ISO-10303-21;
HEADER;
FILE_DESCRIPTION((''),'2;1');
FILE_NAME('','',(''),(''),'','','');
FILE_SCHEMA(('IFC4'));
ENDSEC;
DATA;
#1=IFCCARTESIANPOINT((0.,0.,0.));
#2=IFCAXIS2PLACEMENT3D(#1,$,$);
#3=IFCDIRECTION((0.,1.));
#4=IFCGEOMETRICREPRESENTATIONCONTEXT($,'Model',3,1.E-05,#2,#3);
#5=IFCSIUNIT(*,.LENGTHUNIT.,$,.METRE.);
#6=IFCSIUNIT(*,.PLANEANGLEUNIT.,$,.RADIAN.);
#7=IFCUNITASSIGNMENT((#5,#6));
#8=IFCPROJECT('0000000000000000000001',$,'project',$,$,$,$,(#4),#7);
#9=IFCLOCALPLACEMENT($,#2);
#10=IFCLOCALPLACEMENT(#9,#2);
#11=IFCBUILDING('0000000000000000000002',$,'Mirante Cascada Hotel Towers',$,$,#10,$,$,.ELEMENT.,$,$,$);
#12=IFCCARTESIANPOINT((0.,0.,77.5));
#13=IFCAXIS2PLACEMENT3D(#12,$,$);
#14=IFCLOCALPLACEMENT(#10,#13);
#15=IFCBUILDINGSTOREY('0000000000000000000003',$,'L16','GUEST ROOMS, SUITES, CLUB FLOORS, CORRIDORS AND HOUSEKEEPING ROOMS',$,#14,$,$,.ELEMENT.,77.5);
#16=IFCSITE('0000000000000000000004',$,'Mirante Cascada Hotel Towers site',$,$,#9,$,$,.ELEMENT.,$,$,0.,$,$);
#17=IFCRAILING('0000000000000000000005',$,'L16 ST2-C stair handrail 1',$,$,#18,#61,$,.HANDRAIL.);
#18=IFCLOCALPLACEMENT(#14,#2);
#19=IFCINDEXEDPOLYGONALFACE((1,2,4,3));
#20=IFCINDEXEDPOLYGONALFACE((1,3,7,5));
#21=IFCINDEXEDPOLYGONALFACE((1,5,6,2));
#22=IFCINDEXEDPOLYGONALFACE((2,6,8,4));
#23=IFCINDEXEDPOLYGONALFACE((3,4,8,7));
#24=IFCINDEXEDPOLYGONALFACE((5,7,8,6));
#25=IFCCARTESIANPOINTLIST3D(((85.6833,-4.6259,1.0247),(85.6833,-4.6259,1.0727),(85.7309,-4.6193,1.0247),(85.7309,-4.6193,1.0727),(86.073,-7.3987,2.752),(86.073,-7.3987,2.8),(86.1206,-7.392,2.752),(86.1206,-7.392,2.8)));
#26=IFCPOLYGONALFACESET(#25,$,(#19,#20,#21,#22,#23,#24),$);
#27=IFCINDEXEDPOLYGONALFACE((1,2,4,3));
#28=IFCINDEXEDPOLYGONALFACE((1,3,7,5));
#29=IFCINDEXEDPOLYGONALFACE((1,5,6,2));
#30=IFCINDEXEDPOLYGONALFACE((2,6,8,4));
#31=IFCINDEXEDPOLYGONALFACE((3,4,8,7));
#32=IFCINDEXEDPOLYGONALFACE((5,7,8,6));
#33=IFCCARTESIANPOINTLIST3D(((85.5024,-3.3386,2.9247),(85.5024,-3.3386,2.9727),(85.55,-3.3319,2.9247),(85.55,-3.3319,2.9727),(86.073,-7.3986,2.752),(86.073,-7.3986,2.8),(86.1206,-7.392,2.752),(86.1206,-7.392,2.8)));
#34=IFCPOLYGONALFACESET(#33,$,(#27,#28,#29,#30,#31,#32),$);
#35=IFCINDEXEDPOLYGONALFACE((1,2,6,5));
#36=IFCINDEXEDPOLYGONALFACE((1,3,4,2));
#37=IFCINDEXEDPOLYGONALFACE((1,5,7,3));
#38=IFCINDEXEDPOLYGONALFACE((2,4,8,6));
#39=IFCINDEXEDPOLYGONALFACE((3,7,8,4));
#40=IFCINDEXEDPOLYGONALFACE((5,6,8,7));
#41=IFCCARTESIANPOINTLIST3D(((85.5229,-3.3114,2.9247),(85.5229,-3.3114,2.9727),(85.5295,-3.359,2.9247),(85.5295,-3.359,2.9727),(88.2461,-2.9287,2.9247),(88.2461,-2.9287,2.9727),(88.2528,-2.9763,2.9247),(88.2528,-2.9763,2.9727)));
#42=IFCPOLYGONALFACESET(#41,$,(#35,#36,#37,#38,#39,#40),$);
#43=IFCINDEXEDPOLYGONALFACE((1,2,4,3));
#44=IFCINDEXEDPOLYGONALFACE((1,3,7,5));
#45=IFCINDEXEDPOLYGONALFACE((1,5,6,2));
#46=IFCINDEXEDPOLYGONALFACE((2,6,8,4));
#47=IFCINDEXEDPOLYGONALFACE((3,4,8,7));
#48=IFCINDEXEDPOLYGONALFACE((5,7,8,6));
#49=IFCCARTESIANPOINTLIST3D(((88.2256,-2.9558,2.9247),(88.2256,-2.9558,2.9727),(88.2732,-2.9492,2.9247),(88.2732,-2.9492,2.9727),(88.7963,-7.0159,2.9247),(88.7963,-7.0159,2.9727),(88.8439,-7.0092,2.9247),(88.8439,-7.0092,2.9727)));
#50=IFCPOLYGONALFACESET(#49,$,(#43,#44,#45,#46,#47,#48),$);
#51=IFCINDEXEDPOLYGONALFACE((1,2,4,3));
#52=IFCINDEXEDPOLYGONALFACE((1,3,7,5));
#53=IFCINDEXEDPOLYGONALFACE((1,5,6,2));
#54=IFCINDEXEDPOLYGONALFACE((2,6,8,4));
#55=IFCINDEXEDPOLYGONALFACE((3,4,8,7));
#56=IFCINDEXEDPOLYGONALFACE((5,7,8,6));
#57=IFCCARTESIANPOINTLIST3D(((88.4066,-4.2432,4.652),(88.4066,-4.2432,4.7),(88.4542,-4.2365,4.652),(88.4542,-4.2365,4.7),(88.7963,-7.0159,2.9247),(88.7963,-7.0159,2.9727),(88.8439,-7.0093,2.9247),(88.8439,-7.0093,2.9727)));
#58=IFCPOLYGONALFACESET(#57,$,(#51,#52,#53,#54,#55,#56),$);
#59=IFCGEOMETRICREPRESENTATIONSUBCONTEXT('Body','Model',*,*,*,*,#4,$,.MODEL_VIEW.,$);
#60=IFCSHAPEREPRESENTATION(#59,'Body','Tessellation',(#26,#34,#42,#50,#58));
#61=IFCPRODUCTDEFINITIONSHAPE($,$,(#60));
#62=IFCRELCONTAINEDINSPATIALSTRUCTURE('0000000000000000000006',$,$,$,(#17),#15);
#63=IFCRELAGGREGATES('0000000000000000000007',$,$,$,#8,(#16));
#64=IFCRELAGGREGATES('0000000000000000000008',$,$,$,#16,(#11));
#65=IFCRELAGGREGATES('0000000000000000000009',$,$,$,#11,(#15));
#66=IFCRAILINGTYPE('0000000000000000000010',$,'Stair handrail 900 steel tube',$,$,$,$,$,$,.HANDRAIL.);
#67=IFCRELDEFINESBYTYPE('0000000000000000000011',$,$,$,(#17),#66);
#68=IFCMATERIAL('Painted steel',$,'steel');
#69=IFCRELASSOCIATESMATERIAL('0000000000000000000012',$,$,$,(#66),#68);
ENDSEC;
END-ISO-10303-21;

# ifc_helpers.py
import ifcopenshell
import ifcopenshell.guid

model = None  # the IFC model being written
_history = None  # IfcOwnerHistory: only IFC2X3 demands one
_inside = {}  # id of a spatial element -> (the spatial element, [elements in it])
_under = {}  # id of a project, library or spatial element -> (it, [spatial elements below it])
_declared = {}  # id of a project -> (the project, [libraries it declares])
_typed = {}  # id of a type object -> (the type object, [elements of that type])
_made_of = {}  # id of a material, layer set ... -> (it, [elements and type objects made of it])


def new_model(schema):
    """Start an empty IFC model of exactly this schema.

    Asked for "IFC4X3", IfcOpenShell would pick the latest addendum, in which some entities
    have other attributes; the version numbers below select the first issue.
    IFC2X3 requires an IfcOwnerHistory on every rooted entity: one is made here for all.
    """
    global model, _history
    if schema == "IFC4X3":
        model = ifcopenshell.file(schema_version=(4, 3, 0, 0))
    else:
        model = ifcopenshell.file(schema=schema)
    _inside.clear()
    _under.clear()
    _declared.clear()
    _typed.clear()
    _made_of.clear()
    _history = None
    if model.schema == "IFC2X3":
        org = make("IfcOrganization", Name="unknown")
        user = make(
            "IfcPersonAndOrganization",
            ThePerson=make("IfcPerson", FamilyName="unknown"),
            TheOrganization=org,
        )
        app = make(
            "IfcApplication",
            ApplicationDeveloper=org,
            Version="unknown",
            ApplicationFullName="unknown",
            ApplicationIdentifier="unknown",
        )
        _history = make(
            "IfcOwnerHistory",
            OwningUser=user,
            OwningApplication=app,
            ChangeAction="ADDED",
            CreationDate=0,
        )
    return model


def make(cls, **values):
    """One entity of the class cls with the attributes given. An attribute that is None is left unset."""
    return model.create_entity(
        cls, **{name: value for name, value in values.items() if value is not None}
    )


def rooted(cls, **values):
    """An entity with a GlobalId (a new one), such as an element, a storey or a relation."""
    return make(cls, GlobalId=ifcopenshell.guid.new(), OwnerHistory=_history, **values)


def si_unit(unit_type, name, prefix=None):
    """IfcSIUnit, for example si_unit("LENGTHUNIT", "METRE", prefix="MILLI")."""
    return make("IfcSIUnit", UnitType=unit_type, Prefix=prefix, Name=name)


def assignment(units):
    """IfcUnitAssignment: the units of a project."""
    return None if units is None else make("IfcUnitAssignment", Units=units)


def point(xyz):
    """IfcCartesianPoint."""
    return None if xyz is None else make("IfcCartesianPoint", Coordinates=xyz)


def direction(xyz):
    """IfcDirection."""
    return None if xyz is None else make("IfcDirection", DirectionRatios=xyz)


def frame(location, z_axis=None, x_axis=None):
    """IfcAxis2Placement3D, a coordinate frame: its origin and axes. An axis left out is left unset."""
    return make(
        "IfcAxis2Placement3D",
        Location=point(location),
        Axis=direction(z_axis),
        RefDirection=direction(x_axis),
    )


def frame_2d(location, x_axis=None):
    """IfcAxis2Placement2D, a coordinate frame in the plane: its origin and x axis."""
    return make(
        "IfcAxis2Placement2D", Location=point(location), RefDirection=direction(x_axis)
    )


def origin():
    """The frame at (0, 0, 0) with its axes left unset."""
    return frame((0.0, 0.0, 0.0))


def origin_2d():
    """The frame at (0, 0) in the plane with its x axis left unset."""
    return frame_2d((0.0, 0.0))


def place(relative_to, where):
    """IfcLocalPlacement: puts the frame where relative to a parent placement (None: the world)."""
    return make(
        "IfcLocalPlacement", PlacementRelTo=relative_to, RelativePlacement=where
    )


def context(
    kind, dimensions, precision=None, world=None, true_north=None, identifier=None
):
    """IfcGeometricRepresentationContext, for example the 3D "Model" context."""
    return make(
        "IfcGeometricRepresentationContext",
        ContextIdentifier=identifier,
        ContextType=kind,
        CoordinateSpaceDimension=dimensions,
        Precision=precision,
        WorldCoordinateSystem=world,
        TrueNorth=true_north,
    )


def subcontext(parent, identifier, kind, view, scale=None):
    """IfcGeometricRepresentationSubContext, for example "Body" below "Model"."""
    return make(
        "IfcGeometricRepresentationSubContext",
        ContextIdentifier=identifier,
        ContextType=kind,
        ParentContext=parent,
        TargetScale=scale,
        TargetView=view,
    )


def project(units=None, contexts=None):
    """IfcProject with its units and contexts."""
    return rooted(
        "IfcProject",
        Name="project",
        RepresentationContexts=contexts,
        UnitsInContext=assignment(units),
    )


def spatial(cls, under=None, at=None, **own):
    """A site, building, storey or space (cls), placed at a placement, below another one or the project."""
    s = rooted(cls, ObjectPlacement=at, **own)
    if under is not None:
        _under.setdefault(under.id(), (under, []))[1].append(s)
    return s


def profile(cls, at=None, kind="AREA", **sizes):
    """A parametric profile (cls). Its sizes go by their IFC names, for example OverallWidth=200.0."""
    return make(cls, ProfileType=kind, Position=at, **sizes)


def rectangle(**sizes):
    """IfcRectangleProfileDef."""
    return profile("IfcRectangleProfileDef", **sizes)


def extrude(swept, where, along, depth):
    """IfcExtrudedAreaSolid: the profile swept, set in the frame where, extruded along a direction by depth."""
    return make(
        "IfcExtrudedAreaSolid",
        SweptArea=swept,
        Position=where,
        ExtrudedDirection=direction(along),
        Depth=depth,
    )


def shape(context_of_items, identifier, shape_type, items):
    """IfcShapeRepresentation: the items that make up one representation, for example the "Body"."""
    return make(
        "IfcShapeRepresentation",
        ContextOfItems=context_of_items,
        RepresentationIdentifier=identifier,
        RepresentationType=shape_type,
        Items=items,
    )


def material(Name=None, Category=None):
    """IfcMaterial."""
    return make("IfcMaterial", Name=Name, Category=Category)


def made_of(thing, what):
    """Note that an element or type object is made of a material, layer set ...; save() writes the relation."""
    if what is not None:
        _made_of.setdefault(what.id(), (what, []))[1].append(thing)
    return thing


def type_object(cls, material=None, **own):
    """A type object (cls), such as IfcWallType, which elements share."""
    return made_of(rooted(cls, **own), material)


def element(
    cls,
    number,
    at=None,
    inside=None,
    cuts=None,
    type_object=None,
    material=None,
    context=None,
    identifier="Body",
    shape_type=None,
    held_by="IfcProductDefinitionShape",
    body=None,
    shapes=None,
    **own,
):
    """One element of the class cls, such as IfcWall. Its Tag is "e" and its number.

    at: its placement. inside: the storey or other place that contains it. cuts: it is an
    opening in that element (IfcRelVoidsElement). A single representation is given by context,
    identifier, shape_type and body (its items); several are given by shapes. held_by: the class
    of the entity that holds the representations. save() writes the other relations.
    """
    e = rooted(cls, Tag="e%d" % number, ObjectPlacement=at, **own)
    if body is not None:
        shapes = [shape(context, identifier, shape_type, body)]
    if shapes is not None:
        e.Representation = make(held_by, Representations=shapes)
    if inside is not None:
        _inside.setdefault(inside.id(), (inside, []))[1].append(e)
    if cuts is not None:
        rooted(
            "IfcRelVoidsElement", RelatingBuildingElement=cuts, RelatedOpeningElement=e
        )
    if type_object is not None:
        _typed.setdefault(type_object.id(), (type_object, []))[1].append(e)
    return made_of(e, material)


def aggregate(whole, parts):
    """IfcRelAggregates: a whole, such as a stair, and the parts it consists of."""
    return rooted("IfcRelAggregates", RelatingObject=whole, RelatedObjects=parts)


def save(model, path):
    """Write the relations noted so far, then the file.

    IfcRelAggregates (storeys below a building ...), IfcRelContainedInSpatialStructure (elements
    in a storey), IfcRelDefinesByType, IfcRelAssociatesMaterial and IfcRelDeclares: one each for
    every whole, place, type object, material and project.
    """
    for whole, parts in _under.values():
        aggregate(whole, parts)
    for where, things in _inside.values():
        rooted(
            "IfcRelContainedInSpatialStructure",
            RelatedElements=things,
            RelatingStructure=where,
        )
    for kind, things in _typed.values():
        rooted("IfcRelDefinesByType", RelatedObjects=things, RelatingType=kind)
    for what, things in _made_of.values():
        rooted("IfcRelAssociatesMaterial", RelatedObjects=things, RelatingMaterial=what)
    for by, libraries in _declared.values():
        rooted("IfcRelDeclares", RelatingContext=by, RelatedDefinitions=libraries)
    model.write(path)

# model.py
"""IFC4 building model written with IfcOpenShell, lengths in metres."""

from ifc_helpers import new_model, si_unit, direction, frame, origin, origin_2d, place, context, subcontext, project, spatial, rectangle, extrude, material, type_object, element, save


model = new_model("IFC4")

# Units and contexts
model_context = context("Model", 3, precision=1e-05, world=origin(), true_north=direction((0.0, 1.0)))
body_context = subcontext(model_context, "Body", "Model", "MODEL_VIEW")
ifc_project = project(units=[si_unit("LENGTHUNIT", "METRE"), si_unit("PLANEANGLEUNIT", "RADIAN")], contexts=[model_context])

# Site, building, storey
site_placement = place(None, origin())
site = spatial("IfcSite", under=ifc_project, at=site_placement, Name="Mirante Cascada Hotel Towers site", CompositionType="ELEMENT", RefElevation=0.0)
building_placement = place(site_placement, origin())
building = spatial("IfcBuilding", under=site, at=building_placement, Name="Mirante Cascada Hotel Towers", CompositionType="ELEMENT")
storey_placement = place(building_placement, frame((0.0, 0.0, 77.5)))
storey = spatial("IfcBuildingStorey", under=building, at=storey_placement, Name="L16", Description="GUEST ROOMS, SUITES, CLUB FLOORS, CORRIDORS AND HOUSEKEEPING ROOMS", CompositionType="ELEMENT", Elevation=77.5)

# Railing
ifc_material_1 = material(Name="Painted steel", Category="steel")
railing_type = type_object("IfcRailingType", Name="Stair handrail 900 steel tube", PredefinedType="HANDRAIL", material=ifc_material_1)
railing_placement = place(storey_placement, frame((85.7071, -4.6226, 0.1727)))
element("IfcRailing", 1, at=railing_placement, inside=storey, type_object=railing_type, Name="L16 ST2-C stair handrail 1", PredefinedType="HANDRAIL", context=body_context, shape_type="SweptSolid", body=[
    extrude(rectangle(XDim=0.048, YDim=0.048, at=origin_2d()), frame((0.0, 0.0, 0.876), z_axis=(0.139181, -0.990267, 0.0), x_axis=(0.990267, 0.139181, 0.0)), (0.0, 0.525035, 0.851081), 3.2899),
    extrude(rectangle(XDim=0.048, YDim=0.048, at=origin_2d()), frame((0.3897, -2.7727, 2.6033), z_axis=(-0.139171, 0.990268, 0.0), x_axis=(-0.990268, -0.139171, 0.0)), (0.0, 0.042085, 0.999114), 4.1036),
    extrude(rectangle(XDim=0.048, YDim=0.048, at=origin_2d()), frame((-0.1809, 1.2874, 2.776), z_axis=(0.990269, 0.139166, 0.0), x_axis=(-0.139166, 0.990269, 0.0)), (0.0, 0.0, 1.0), 2.75),
    extrude(rectangle(XDim=0.048, YDim=0.048, at=origin_2d()), frame((2.5423, 1.6701, 2.776), z_axis=(0.139195, -0.990265, 0.0), x_axis=(0.990265, 0.139195, 0.0)), (0.0, 0.0, 1.0), 4.1),
    extrude(rectangle(XDim=0.048, YDim=0.048, at=origin_2d()), frame((3.113, -2.39, 2.776), z_axis=(-0.139181, 0.990267, 0.0), x_axis=(-0.990267, -0.139181, 0.0)), (0.0, 0.525035, 0.851081), 3.2899),
])

save(model, "model.ifc")
